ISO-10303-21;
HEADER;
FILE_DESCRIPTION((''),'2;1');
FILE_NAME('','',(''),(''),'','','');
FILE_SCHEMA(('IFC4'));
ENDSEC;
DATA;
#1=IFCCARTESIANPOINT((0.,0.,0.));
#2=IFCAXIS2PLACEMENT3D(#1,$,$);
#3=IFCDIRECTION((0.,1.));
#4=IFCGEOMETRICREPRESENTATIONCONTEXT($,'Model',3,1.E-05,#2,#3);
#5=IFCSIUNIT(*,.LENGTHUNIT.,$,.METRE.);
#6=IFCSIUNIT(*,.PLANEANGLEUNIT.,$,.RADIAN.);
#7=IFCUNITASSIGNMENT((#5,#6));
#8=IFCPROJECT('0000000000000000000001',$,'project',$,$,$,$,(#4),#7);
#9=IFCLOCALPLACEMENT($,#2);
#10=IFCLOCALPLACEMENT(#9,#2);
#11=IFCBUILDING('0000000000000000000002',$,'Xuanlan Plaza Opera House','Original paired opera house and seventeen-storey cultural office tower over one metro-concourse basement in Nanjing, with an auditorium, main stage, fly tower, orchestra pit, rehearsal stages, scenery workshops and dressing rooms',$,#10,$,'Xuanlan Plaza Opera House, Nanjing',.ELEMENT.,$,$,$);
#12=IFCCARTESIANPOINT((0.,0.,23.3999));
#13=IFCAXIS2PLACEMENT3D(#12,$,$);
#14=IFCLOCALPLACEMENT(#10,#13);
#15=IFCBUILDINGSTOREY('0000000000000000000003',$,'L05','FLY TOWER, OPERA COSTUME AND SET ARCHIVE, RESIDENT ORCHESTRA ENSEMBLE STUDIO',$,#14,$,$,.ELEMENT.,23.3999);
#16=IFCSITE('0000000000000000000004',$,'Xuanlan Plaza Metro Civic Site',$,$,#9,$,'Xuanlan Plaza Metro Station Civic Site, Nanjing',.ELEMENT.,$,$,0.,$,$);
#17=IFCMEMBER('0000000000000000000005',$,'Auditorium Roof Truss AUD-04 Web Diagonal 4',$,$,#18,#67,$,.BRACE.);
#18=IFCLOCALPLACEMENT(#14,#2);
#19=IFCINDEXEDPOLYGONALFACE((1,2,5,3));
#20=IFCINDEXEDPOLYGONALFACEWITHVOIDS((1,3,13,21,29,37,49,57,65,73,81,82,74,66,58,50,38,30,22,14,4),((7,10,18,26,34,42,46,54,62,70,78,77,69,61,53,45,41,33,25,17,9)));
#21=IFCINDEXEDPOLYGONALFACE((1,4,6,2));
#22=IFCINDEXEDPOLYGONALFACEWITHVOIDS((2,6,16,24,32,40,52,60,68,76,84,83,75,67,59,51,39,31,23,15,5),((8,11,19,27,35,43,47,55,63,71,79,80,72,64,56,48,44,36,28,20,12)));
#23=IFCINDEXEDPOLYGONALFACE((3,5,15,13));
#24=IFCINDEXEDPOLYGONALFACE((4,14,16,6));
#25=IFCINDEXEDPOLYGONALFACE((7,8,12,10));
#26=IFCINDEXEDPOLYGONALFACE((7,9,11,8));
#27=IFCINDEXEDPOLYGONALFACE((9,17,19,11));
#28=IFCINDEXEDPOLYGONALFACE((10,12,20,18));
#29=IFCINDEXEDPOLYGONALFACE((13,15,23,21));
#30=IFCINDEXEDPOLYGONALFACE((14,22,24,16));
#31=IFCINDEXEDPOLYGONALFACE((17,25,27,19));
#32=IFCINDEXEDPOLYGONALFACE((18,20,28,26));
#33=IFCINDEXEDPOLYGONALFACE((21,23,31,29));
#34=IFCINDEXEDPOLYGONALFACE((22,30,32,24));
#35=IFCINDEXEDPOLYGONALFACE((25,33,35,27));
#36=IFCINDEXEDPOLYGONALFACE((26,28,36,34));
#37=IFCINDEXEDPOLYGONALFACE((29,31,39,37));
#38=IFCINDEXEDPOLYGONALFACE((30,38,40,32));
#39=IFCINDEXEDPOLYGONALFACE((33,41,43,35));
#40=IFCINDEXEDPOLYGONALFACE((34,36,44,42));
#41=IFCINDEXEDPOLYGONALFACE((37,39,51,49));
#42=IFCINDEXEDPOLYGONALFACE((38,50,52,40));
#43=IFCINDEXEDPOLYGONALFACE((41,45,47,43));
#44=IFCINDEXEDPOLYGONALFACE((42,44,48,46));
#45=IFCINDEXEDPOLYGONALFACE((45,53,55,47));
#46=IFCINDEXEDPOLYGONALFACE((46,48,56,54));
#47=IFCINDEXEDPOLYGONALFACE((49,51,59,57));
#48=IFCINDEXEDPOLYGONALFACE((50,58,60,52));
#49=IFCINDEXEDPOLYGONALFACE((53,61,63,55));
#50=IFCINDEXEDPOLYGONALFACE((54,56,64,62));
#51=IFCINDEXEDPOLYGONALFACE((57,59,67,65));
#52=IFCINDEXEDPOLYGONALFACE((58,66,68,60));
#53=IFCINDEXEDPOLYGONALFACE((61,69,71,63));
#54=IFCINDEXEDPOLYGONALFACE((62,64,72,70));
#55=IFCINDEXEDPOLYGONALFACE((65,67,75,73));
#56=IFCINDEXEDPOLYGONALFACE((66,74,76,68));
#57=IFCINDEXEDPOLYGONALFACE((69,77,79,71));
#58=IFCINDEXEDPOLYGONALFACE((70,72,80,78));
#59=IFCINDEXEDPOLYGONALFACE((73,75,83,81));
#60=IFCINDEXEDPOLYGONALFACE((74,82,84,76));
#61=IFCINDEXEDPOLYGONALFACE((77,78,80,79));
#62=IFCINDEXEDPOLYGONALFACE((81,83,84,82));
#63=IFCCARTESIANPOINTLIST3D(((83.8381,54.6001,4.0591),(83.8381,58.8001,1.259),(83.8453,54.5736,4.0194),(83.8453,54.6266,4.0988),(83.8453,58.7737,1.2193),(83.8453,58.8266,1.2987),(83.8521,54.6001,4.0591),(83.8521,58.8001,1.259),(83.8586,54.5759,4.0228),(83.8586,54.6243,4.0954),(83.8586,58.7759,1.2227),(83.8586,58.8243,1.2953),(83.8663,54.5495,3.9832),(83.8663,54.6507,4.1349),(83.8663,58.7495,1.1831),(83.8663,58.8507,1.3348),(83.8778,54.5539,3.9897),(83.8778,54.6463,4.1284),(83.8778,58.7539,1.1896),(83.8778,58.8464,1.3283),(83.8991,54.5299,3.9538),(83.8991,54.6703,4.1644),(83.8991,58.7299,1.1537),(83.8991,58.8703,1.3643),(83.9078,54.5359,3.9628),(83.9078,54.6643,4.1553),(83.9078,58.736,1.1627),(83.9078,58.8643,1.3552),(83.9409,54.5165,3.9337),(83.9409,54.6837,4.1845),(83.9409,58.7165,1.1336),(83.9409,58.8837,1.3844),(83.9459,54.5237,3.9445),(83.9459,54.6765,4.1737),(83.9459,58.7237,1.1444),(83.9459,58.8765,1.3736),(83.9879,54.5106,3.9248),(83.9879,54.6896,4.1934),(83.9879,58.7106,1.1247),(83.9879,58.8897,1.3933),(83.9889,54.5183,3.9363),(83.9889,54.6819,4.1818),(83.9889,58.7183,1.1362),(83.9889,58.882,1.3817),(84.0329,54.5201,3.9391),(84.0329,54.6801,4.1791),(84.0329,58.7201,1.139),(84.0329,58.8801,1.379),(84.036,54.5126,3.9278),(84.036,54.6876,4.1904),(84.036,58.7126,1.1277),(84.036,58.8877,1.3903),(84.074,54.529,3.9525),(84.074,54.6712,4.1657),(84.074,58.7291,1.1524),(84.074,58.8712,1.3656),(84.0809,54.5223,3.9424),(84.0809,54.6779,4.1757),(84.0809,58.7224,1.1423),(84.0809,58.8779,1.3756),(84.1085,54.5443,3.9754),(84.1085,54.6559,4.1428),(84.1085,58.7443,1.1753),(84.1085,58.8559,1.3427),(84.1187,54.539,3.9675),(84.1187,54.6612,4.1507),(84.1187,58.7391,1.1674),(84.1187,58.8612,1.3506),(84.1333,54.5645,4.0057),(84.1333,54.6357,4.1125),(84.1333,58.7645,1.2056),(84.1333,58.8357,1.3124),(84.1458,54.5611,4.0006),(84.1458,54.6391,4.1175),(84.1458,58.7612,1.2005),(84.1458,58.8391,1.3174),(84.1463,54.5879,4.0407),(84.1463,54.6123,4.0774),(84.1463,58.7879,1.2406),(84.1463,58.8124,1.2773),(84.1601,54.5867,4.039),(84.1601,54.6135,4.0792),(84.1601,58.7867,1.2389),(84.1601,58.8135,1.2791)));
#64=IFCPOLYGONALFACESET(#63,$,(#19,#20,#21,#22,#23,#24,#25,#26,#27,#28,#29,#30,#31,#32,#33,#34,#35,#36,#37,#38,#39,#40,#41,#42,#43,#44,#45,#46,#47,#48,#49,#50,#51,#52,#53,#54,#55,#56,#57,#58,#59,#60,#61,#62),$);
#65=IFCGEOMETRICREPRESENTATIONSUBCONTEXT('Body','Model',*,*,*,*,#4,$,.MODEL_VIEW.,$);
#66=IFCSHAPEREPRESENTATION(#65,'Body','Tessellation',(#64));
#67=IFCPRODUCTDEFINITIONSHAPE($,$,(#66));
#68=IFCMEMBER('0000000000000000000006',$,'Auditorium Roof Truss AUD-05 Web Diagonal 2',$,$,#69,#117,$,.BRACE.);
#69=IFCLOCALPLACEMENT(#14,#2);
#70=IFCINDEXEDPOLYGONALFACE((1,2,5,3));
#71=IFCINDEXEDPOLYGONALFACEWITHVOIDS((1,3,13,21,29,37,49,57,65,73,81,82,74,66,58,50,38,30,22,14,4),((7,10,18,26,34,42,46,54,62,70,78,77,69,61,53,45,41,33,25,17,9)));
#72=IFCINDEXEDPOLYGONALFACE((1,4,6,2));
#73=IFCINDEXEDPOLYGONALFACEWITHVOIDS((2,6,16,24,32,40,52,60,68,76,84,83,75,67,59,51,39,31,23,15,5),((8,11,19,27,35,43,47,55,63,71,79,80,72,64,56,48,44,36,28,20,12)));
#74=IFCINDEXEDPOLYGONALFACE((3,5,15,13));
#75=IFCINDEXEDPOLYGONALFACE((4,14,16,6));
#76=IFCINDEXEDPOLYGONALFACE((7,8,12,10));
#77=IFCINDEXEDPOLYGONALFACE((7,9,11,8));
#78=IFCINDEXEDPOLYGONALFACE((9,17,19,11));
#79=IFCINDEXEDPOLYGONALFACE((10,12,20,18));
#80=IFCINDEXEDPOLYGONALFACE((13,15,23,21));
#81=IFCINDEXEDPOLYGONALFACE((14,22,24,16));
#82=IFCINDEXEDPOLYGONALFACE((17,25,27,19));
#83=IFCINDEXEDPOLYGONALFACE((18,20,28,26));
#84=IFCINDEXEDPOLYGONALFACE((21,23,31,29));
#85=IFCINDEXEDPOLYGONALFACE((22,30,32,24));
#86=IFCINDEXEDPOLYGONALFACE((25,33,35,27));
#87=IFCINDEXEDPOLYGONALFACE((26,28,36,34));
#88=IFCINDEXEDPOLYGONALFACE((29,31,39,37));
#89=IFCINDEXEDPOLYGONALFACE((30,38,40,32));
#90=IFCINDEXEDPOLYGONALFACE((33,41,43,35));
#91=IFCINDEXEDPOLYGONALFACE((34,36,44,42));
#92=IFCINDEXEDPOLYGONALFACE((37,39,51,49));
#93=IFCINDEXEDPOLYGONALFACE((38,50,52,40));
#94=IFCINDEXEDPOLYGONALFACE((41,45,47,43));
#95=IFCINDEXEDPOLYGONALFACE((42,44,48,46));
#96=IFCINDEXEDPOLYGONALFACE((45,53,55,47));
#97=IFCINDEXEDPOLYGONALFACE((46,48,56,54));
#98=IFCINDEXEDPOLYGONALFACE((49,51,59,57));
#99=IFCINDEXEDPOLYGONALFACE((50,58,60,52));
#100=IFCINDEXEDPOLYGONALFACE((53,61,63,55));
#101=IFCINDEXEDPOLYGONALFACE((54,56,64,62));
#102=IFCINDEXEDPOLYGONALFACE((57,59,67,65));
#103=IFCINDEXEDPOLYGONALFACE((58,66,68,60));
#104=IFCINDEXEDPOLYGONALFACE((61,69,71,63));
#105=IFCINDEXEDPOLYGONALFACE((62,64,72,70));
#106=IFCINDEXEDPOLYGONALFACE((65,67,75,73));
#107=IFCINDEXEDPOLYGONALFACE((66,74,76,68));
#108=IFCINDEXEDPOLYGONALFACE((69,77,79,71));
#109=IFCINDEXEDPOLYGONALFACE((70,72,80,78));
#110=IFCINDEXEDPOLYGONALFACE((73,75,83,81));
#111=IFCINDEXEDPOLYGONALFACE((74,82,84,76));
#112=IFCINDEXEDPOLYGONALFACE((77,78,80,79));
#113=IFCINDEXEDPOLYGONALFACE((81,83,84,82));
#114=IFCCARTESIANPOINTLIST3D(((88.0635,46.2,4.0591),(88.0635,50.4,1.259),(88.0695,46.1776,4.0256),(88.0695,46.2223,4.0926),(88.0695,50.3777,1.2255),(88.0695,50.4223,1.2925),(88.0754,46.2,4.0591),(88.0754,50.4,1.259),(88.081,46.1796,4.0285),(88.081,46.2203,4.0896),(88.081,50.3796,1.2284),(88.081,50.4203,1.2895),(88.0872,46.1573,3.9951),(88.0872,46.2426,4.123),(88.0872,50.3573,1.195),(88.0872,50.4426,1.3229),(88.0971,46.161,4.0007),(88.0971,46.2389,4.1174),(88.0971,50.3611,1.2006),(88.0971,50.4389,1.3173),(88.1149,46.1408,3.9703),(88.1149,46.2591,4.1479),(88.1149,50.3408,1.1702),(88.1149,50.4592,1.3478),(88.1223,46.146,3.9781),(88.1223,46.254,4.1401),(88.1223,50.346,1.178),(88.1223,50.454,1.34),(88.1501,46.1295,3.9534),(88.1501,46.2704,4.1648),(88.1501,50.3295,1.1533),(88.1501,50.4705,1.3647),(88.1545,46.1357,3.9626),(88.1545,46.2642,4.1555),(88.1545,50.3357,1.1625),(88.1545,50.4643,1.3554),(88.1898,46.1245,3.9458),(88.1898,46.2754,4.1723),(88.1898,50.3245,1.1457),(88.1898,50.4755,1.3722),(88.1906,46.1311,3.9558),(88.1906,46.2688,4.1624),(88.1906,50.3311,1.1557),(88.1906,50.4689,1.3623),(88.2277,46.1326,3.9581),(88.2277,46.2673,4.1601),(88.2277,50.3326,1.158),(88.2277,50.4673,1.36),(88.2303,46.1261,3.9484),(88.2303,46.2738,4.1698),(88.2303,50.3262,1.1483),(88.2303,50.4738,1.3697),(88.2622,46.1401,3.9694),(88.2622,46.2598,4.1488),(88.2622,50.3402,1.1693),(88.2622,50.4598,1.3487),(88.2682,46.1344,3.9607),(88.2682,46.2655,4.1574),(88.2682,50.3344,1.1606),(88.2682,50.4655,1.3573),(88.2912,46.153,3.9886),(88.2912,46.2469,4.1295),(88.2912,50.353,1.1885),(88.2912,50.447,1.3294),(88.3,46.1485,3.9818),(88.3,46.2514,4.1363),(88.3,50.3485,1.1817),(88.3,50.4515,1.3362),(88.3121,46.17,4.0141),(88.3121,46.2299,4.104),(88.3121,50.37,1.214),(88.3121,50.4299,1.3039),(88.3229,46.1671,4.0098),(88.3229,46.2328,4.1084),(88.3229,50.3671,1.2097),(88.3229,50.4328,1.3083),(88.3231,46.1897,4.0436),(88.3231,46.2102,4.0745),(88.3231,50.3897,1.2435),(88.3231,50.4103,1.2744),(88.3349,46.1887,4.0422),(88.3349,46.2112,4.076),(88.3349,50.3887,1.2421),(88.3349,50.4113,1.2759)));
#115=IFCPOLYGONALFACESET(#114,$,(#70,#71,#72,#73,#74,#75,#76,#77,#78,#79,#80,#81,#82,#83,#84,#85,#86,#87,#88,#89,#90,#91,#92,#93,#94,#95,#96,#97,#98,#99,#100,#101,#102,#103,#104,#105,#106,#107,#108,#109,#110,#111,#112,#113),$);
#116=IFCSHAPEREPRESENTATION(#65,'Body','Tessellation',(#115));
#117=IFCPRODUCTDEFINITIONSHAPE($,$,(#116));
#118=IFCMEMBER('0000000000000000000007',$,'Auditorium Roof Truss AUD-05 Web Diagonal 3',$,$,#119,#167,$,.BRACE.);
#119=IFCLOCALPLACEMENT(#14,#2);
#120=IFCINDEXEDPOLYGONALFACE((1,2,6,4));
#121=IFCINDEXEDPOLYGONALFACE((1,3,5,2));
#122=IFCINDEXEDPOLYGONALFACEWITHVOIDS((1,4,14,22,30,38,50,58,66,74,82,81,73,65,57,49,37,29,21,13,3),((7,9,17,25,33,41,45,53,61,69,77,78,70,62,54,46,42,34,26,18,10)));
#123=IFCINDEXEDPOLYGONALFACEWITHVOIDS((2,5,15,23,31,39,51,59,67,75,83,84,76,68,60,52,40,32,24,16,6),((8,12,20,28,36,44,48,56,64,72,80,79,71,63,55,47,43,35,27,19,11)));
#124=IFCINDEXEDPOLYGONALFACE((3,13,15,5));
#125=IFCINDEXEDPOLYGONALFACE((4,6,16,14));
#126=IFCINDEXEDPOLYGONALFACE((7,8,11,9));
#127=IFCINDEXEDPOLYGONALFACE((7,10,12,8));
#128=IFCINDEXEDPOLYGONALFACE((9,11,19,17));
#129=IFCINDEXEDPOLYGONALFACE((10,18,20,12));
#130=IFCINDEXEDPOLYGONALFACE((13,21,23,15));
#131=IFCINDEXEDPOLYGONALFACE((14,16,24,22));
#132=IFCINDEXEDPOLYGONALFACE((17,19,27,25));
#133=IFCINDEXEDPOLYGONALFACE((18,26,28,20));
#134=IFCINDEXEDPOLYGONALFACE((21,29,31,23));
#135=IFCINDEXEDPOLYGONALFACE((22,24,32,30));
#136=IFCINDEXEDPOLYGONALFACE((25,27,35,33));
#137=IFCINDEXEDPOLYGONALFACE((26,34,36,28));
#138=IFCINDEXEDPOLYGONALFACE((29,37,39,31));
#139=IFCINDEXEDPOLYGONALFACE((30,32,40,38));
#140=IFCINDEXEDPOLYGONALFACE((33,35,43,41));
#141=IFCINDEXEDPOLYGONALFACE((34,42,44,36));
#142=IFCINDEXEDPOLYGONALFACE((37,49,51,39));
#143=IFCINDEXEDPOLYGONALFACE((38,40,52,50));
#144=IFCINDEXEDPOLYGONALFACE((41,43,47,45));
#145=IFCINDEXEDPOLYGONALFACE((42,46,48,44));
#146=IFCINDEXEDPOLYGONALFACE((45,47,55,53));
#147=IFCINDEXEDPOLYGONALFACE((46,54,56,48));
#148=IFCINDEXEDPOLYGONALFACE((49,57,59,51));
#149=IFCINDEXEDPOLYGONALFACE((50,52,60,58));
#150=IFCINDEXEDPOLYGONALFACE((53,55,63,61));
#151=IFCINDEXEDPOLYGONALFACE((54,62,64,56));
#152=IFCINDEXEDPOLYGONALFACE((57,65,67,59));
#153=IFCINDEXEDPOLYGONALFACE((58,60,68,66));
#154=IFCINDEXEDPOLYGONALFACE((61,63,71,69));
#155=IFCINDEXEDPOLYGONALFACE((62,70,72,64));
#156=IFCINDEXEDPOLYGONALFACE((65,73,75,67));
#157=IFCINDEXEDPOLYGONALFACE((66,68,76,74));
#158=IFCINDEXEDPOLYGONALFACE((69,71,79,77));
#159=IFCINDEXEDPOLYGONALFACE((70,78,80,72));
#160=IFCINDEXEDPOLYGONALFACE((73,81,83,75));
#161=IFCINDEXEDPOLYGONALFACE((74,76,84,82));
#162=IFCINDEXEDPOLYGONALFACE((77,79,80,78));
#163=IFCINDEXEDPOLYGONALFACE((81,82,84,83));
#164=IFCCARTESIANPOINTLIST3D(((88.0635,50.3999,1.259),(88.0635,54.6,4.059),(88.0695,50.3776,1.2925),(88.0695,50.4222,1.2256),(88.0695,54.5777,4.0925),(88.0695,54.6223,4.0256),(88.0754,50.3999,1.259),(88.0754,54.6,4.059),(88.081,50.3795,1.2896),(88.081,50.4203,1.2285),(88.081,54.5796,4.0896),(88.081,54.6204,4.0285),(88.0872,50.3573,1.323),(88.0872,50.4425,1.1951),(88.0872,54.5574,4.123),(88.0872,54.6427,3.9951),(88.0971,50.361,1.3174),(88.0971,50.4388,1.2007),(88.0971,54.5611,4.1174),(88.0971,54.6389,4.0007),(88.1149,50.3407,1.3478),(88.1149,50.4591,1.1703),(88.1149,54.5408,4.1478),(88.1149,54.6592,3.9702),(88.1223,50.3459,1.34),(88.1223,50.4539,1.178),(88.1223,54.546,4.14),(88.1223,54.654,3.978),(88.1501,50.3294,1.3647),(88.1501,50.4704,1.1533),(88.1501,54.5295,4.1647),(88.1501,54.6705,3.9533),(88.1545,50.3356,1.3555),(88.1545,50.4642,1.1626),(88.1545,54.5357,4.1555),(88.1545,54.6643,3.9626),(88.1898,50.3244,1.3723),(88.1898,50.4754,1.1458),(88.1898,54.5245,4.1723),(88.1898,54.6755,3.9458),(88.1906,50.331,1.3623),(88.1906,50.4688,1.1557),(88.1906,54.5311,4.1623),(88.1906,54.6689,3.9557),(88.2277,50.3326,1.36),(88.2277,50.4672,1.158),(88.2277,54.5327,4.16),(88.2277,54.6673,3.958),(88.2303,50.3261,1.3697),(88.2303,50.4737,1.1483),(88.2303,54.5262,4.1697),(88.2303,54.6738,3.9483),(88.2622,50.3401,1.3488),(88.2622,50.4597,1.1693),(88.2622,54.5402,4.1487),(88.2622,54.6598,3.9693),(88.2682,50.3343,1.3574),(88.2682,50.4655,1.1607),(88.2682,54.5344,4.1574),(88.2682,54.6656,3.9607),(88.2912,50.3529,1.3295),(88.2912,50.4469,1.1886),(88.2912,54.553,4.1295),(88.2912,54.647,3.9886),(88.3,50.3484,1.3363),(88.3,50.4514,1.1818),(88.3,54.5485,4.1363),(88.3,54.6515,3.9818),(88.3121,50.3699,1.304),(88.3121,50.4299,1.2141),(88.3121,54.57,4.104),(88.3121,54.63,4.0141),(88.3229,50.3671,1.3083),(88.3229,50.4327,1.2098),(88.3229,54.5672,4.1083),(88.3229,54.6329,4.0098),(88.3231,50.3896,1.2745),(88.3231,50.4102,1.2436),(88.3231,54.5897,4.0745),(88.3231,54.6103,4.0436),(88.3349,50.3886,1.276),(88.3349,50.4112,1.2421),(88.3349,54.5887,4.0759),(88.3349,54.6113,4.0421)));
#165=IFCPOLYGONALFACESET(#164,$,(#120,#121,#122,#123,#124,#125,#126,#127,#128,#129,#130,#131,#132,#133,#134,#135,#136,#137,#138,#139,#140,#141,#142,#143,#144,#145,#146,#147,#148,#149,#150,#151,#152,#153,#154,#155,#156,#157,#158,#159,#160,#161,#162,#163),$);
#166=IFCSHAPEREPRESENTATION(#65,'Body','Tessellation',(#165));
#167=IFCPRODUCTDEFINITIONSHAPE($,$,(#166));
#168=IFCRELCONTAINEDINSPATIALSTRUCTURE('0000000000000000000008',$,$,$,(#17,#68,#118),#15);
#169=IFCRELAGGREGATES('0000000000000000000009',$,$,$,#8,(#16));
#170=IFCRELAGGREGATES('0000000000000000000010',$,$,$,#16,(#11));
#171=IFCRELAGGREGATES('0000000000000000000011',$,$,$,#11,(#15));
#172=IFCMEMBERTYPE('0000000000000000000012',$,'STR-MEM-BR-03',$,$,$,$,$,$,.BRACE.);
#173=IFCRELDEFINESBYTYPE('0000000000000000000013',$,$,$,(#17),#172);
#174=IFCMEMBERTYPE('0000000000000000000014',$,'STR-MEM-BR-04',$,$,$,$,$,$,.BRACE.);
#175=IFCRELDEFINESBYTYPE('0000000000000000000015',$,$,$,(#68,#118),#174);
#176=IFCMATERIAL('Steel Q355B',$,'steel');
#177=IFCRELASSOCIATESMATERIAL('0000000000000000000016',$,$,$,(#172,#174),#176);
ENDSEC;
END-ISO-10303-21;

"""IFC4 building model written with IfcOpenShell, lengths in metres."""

from ifc_helpers import new_model, si_unit, direction, frame, origin, origin_2d, place, context, subcontext, project, spatial, hollow_circle, extrude, material, material_profile, profile_set, type_object, element, save


model = new_model("IFC4")

# Units and contexts
model_context = context("Model", 3, precision=1e-05, world=origin(), true_north=direction((0.0, 1.0)))
body_context = subcontext(model_context, "Body", "Model", "MODEL_VIEW")
ifc_project = project(units=[si_unit("LENGTHUNIT", "METRE"), si_unit("PLANEANGLEUNIT", "RADIAN")], contexts=[model_context])

# Site, building, storey
site_placement = place(None, origin())
site = spatial("IfcSite", under=ifc_project, at=site_placement, Name="Xuanlan Plaza Metro Civic Site", LongName="Xuanlan Plaza Metro Station Civic Site, Nanjing", CompositionType="ELEMENT", RefElevation=0.0)
building_placement = place(site_placement, origin())
building = spatial("IfcBuilding", under=site, at=building_placement, Name="Xuanlan Plaza Opera House", Description="Original paired opera house and seventeen-storey cultural office tower over one metro-concourse basement in Nanjing, with an auditorium, main stage, fly tower, orchestra pit, rehearsal stages, scenery workshops and dressing rooms", LongName="Xuanlan Plaza Opera House, Nanjing", CompositionType="ELEMENT")
storey_placement = place(building_placement, frame((0.0, 0.0, 23.3999)))
storey = spatial("IfcBuildingStorey", under=building, at=storey_placement, Name="L05", Description="FLY TOWER, OPERA COSTUME AND SET ARCHIVE, RESIDENT ORCHESTRA ENSEMBLE STUDIO", CompositionType="ELEMENT", Elevation=23.3999)

# Shared definitions
ifc_material_1 = material(Name="Steel Q355B", Category="steel")

# Members
ifc_material_profile_1 = material_profile(ifc_material_1, hollow_circle(Radius=0.1619, WallThickness=0.0139, at=origin_2d()), Name="CHS 323.9x14")
ifc_profile_set_1 = profile_set([ifc_material_profile_1], Name="Steel Q355B")
member_type_1 = type_object("IfcMemberType", Name="STR-MEM-BR-03", PredefinedType="BRACE", material=ifc_profile_set_1)
for number, where, z_axis, x_axis, name in (
    (1, (84.0, 54.6001, 4.0591), (0.0, 0.832043, -0.554711), (-1.0, 0.0, 0.0), "Auditorium Roof Truss AUD-04 Web Diagonal 4"),
):
    element("IfcMember", number, at=place(storey_placement, frame(where, z_axis=z_axis, x_axis=x_axis)), inside=storey, type_object=member_type_1, Name=name, PredefinedType="BRACE", context=body_context, shape_type="SweptSolid", body=[
        extrude(hollow_circle(Radius=0.1619, WallThickness=0.0139, at=origin_2d()), origin(), (0.0, 0.0, 1.0), 5.0479),
    ])
ifc_material_profile_2 = material_profile(ifc_material_1, hollow_circle(Radius=0.1365, WallThickness=0.012, at=origin_2d()), Name="CHS 273x12")
ifc_profile_set_2 = profile_set([ifc_material_profile_2], Name="Steel Q355B")
member_type_2 = type_object("IfcMemberType", Name="STR-MEM-BR-04", PredefinedType="BRACE", material=ifc_profile_set_2)
for number, where, z_axis, x_axis, name in (
    (2, (88.2, 46.2, 4.0591), (0.0, 0.832043, -0.554711), (-1.0, 0.0, 0.0), "Auditorium Roof Truss AUD-05 Web Diagonal 2"),
    (3, (88.2, 50.3999, 1.259), (0.0, 0.832058, 0.554689), (-1.0, 0.0, 0.0), "Auditorium Roof Truss AUD-05 Web Diagonal 3"),
):
    element("IfcMember", number, at=place(storey_placement, frame(where, z_axis=z_axis, x_axis=x_axis)), inside=storey, type_object=member_type_2, Name=name, PredefinedType="BRACE", context=body_context, shape_type="SweptSolid", body=[
        extrude(hollow_circle(Radius=0.1365, WallThickness=0.012, at=origin_2d()), origin(), (0.0, 0.0, 1.0), 5.0479),
    ])

save(model, "model.ifc")
